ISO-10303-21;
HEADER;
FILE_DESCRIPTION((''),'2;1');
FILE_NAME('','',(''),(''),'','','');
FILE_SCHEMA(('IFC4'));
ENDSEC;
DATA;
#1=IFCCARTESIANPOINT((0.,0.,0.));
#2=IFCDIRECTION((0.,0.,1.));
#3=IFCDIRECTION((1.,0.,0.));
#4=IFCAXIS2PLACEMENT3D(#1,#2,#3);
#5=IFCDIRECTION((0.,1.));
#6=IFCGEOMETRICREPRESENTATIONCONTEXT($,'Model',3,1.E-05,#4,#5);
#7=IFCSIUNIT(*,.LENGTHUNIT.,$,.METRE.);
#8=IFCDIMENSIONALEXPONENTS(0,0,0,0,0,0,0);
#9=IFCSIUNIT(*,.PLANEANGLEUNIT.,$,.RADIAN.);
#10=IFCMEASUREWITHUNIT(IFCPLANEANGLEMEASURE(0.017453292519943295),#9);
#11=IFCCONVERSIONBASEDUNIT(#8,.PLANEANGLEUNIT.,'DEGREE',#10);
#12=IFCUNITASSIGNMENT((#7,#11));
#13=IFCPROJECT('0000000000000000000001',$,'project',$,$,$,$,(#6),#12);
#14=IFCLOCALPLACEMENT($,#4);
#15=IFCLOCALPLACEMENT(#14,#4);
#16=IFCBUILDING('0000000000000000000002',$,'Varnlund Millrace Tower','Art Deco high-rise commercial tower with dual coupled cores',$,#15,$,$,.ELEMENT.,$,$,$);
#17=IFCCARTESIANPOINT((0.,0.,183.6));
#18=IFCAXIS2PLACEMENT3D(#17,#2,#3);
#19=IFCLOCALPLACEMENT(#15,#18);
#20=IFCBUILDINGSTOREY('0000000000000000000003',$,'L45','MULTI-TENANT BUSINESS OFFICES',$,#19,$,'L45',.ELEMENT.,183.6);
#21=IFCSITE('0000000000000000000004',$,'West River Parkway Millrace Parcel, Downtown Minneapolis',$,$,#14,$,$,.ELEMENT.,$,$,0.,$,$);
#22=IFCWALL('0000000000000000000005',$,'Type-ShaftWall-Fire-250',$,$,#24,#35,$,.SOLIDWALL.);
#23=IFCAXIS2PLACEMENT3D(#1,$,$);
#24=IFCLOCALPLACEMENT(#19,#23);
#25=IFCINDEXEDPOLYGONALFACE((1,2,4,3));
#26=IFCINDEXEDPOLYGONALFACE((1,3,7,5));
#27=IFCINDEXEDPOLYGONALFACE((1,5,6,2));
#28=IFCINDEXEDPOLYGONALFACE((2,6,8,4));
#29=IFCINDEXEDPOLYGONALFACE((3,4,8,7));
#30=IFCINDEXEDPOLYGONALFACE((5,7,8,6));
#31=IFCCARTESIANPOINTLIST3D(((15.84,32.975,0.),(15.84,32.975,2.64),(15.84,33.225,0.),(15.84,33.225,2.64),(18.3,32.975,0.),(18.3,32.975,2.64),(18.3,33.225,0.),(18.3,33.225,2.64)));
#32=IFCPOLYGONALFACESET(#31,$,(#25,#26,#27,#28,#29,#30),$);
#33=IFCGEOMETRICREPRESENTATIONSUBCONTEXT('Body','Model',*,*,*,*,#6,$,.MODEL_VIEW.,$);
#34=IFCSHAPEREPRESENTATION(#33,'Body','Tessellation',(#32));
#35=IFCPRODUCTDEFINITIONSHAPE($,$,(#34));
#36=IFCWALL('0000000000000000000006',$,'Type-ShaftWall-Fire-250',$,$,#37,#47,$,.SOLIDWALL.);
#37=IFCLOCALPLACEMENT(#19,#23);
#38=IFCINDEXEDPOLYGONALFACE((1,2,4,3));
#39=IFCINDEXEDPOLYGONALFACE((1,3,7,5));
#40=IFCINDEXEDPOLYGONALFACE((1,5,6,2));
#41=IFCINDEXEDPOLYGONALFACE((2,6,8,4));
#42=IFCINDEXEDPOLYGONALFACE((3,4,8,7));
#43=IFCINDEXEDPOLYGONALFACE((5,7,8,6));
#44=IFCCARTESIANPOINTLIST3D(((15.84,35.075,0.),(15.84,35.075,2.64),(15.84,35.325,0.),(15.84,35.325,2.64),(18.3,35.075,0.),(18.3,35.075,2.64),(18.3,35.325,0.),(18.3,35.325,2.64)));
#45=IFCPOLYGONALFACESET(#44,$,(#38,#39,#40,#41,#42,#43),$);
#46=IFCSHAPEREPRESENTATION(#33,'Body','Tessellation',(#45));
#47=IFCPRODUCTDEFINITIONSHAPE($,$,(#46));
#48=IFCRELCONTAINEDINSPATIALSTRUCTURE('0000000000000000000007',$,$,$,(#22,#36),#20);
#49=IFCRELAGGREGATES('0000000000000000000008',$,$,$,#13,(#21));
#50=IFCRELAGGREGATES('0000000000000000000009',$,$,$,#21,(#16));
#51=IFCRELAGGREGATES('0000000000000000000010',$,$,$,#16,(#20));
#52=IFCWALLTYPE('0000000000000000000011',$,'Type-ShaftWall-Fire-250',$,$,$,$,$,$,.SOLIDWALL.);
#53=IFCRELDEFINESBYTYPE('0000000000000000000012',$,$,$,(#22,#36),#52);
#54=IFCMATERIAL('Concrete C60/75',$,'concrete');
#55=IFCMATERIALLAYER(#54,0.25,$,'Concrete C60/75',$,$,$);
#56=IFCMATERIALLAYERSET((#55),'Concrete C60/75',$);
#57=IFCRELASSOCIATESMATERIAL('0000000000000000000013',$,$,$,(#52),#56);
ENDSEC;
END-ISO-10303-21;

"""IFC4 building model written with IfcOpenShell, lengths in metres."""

from ifc_helpers import new_model, entity, si_unit, converted_unit, direction, frame, origin_with_axes, place, context, subcontext, project, spatial, polyline, outline, extrude, material, layer, layer_set, type_object, element, save


model = new_model("IFC4")

# Units and contexts
model_context = context("Model", 3, precision=1e-05, world=origin_with_axes(), true_north=direction((0.0, 1.0)))
body_context = subcontext(model_context, "Body", "Model", "MODEL_VIEW")
ifc_project = project(units=[si_unit("LENGTHUNIT", "METRE"), converted_unit("PLANEANGLEUNIT", "DEGREE", entity("IfcPlaneAngleMeasure", 0.017453292519943295), si_unit("PLANEANGLEUNIT", "RADIAN"), dimensions=[0, 0, 0, 0, 0, 0, 0])], contexts=[model_context])

# Site, building, storey
site_placement = place(None, origin_with_axes())
site = spatial("IfcSite", under=ifc_project, at=site_placement, Name="West River Parkway Millrace Parcel, Downtown Minneapolis", CompositionType="ELEMENT", RefElevation=0.0)
building_placement = place(site_placement, origin_with_axes())
building = spatial("IfcBuilding", under=site, at=building_placement, Name="Varnlund Millrace Tower", Description="Art Deco high-rise commercial tower with dual coupled cores", CompositionType="ELEMENT")
storey_placement = place(building_placement, frame((0.0, 0.0, 183.6), z_axis=(0.0, 0.0, 1.0), x_axis=(1.0, 0.0, 0.0)))
storey = spatial("IfcBuildingStorey", under=building, at=storey_placement, Name="L45", Description="MULTI-TENANT BUSINESS OFFICES", LongName="L45", CompositionType="ELEMENT", Elevation=183.6)

# Walls
ifc_material_1 = material(Name="Concrete C60/75", Category="concrete")
ifc_layer_1 = layer(ifc_material_1, 0.25, Name="Concrete C60/75")
ifc_layer_set_1 = layer_set([ifc_layer_1], Name="Concrete C60/75")
wall_type_1 = type_object("IfcWallType", Name="Type-ShaftWall-Fire-250", PredefinedType="SOLIDWALL", material=ifc_layer_set_1)
for number, where, z_axis, x_axis, name in (
    (1, (15.84, 33.1, 0.0), (0.0, 0.0, 1.0), (1.0, 0.0, 0.0), "Type-ShaftWall-Fire-250"),
    (2, (15.84, 35.2, 0.0), (0.0, 0.0, 1.0), (1.0, 0.0, 0.0), "Type-ShaftWall-Fire-250"),
):
    element("IfcWall", number, at=place(storey_placement, frame(where, z_axis=z_axis, x_axis=x_axis)), inside=storey, type_object=wall_type_1, Name=name, PredefinedType="SOLIDWALL", context=body_context, shape_type="SweptSolid", body=[
        extrude(outline(polyline([(0.0, -0.125), (2.46, -0.125), (2.46, 0.125), (0.0, 0.125), (0.0, -0.125)])), origin_with_axes(), (0.0, 0.0, 1.0), 2.64),
    ])

save(model, "model.ifc")
